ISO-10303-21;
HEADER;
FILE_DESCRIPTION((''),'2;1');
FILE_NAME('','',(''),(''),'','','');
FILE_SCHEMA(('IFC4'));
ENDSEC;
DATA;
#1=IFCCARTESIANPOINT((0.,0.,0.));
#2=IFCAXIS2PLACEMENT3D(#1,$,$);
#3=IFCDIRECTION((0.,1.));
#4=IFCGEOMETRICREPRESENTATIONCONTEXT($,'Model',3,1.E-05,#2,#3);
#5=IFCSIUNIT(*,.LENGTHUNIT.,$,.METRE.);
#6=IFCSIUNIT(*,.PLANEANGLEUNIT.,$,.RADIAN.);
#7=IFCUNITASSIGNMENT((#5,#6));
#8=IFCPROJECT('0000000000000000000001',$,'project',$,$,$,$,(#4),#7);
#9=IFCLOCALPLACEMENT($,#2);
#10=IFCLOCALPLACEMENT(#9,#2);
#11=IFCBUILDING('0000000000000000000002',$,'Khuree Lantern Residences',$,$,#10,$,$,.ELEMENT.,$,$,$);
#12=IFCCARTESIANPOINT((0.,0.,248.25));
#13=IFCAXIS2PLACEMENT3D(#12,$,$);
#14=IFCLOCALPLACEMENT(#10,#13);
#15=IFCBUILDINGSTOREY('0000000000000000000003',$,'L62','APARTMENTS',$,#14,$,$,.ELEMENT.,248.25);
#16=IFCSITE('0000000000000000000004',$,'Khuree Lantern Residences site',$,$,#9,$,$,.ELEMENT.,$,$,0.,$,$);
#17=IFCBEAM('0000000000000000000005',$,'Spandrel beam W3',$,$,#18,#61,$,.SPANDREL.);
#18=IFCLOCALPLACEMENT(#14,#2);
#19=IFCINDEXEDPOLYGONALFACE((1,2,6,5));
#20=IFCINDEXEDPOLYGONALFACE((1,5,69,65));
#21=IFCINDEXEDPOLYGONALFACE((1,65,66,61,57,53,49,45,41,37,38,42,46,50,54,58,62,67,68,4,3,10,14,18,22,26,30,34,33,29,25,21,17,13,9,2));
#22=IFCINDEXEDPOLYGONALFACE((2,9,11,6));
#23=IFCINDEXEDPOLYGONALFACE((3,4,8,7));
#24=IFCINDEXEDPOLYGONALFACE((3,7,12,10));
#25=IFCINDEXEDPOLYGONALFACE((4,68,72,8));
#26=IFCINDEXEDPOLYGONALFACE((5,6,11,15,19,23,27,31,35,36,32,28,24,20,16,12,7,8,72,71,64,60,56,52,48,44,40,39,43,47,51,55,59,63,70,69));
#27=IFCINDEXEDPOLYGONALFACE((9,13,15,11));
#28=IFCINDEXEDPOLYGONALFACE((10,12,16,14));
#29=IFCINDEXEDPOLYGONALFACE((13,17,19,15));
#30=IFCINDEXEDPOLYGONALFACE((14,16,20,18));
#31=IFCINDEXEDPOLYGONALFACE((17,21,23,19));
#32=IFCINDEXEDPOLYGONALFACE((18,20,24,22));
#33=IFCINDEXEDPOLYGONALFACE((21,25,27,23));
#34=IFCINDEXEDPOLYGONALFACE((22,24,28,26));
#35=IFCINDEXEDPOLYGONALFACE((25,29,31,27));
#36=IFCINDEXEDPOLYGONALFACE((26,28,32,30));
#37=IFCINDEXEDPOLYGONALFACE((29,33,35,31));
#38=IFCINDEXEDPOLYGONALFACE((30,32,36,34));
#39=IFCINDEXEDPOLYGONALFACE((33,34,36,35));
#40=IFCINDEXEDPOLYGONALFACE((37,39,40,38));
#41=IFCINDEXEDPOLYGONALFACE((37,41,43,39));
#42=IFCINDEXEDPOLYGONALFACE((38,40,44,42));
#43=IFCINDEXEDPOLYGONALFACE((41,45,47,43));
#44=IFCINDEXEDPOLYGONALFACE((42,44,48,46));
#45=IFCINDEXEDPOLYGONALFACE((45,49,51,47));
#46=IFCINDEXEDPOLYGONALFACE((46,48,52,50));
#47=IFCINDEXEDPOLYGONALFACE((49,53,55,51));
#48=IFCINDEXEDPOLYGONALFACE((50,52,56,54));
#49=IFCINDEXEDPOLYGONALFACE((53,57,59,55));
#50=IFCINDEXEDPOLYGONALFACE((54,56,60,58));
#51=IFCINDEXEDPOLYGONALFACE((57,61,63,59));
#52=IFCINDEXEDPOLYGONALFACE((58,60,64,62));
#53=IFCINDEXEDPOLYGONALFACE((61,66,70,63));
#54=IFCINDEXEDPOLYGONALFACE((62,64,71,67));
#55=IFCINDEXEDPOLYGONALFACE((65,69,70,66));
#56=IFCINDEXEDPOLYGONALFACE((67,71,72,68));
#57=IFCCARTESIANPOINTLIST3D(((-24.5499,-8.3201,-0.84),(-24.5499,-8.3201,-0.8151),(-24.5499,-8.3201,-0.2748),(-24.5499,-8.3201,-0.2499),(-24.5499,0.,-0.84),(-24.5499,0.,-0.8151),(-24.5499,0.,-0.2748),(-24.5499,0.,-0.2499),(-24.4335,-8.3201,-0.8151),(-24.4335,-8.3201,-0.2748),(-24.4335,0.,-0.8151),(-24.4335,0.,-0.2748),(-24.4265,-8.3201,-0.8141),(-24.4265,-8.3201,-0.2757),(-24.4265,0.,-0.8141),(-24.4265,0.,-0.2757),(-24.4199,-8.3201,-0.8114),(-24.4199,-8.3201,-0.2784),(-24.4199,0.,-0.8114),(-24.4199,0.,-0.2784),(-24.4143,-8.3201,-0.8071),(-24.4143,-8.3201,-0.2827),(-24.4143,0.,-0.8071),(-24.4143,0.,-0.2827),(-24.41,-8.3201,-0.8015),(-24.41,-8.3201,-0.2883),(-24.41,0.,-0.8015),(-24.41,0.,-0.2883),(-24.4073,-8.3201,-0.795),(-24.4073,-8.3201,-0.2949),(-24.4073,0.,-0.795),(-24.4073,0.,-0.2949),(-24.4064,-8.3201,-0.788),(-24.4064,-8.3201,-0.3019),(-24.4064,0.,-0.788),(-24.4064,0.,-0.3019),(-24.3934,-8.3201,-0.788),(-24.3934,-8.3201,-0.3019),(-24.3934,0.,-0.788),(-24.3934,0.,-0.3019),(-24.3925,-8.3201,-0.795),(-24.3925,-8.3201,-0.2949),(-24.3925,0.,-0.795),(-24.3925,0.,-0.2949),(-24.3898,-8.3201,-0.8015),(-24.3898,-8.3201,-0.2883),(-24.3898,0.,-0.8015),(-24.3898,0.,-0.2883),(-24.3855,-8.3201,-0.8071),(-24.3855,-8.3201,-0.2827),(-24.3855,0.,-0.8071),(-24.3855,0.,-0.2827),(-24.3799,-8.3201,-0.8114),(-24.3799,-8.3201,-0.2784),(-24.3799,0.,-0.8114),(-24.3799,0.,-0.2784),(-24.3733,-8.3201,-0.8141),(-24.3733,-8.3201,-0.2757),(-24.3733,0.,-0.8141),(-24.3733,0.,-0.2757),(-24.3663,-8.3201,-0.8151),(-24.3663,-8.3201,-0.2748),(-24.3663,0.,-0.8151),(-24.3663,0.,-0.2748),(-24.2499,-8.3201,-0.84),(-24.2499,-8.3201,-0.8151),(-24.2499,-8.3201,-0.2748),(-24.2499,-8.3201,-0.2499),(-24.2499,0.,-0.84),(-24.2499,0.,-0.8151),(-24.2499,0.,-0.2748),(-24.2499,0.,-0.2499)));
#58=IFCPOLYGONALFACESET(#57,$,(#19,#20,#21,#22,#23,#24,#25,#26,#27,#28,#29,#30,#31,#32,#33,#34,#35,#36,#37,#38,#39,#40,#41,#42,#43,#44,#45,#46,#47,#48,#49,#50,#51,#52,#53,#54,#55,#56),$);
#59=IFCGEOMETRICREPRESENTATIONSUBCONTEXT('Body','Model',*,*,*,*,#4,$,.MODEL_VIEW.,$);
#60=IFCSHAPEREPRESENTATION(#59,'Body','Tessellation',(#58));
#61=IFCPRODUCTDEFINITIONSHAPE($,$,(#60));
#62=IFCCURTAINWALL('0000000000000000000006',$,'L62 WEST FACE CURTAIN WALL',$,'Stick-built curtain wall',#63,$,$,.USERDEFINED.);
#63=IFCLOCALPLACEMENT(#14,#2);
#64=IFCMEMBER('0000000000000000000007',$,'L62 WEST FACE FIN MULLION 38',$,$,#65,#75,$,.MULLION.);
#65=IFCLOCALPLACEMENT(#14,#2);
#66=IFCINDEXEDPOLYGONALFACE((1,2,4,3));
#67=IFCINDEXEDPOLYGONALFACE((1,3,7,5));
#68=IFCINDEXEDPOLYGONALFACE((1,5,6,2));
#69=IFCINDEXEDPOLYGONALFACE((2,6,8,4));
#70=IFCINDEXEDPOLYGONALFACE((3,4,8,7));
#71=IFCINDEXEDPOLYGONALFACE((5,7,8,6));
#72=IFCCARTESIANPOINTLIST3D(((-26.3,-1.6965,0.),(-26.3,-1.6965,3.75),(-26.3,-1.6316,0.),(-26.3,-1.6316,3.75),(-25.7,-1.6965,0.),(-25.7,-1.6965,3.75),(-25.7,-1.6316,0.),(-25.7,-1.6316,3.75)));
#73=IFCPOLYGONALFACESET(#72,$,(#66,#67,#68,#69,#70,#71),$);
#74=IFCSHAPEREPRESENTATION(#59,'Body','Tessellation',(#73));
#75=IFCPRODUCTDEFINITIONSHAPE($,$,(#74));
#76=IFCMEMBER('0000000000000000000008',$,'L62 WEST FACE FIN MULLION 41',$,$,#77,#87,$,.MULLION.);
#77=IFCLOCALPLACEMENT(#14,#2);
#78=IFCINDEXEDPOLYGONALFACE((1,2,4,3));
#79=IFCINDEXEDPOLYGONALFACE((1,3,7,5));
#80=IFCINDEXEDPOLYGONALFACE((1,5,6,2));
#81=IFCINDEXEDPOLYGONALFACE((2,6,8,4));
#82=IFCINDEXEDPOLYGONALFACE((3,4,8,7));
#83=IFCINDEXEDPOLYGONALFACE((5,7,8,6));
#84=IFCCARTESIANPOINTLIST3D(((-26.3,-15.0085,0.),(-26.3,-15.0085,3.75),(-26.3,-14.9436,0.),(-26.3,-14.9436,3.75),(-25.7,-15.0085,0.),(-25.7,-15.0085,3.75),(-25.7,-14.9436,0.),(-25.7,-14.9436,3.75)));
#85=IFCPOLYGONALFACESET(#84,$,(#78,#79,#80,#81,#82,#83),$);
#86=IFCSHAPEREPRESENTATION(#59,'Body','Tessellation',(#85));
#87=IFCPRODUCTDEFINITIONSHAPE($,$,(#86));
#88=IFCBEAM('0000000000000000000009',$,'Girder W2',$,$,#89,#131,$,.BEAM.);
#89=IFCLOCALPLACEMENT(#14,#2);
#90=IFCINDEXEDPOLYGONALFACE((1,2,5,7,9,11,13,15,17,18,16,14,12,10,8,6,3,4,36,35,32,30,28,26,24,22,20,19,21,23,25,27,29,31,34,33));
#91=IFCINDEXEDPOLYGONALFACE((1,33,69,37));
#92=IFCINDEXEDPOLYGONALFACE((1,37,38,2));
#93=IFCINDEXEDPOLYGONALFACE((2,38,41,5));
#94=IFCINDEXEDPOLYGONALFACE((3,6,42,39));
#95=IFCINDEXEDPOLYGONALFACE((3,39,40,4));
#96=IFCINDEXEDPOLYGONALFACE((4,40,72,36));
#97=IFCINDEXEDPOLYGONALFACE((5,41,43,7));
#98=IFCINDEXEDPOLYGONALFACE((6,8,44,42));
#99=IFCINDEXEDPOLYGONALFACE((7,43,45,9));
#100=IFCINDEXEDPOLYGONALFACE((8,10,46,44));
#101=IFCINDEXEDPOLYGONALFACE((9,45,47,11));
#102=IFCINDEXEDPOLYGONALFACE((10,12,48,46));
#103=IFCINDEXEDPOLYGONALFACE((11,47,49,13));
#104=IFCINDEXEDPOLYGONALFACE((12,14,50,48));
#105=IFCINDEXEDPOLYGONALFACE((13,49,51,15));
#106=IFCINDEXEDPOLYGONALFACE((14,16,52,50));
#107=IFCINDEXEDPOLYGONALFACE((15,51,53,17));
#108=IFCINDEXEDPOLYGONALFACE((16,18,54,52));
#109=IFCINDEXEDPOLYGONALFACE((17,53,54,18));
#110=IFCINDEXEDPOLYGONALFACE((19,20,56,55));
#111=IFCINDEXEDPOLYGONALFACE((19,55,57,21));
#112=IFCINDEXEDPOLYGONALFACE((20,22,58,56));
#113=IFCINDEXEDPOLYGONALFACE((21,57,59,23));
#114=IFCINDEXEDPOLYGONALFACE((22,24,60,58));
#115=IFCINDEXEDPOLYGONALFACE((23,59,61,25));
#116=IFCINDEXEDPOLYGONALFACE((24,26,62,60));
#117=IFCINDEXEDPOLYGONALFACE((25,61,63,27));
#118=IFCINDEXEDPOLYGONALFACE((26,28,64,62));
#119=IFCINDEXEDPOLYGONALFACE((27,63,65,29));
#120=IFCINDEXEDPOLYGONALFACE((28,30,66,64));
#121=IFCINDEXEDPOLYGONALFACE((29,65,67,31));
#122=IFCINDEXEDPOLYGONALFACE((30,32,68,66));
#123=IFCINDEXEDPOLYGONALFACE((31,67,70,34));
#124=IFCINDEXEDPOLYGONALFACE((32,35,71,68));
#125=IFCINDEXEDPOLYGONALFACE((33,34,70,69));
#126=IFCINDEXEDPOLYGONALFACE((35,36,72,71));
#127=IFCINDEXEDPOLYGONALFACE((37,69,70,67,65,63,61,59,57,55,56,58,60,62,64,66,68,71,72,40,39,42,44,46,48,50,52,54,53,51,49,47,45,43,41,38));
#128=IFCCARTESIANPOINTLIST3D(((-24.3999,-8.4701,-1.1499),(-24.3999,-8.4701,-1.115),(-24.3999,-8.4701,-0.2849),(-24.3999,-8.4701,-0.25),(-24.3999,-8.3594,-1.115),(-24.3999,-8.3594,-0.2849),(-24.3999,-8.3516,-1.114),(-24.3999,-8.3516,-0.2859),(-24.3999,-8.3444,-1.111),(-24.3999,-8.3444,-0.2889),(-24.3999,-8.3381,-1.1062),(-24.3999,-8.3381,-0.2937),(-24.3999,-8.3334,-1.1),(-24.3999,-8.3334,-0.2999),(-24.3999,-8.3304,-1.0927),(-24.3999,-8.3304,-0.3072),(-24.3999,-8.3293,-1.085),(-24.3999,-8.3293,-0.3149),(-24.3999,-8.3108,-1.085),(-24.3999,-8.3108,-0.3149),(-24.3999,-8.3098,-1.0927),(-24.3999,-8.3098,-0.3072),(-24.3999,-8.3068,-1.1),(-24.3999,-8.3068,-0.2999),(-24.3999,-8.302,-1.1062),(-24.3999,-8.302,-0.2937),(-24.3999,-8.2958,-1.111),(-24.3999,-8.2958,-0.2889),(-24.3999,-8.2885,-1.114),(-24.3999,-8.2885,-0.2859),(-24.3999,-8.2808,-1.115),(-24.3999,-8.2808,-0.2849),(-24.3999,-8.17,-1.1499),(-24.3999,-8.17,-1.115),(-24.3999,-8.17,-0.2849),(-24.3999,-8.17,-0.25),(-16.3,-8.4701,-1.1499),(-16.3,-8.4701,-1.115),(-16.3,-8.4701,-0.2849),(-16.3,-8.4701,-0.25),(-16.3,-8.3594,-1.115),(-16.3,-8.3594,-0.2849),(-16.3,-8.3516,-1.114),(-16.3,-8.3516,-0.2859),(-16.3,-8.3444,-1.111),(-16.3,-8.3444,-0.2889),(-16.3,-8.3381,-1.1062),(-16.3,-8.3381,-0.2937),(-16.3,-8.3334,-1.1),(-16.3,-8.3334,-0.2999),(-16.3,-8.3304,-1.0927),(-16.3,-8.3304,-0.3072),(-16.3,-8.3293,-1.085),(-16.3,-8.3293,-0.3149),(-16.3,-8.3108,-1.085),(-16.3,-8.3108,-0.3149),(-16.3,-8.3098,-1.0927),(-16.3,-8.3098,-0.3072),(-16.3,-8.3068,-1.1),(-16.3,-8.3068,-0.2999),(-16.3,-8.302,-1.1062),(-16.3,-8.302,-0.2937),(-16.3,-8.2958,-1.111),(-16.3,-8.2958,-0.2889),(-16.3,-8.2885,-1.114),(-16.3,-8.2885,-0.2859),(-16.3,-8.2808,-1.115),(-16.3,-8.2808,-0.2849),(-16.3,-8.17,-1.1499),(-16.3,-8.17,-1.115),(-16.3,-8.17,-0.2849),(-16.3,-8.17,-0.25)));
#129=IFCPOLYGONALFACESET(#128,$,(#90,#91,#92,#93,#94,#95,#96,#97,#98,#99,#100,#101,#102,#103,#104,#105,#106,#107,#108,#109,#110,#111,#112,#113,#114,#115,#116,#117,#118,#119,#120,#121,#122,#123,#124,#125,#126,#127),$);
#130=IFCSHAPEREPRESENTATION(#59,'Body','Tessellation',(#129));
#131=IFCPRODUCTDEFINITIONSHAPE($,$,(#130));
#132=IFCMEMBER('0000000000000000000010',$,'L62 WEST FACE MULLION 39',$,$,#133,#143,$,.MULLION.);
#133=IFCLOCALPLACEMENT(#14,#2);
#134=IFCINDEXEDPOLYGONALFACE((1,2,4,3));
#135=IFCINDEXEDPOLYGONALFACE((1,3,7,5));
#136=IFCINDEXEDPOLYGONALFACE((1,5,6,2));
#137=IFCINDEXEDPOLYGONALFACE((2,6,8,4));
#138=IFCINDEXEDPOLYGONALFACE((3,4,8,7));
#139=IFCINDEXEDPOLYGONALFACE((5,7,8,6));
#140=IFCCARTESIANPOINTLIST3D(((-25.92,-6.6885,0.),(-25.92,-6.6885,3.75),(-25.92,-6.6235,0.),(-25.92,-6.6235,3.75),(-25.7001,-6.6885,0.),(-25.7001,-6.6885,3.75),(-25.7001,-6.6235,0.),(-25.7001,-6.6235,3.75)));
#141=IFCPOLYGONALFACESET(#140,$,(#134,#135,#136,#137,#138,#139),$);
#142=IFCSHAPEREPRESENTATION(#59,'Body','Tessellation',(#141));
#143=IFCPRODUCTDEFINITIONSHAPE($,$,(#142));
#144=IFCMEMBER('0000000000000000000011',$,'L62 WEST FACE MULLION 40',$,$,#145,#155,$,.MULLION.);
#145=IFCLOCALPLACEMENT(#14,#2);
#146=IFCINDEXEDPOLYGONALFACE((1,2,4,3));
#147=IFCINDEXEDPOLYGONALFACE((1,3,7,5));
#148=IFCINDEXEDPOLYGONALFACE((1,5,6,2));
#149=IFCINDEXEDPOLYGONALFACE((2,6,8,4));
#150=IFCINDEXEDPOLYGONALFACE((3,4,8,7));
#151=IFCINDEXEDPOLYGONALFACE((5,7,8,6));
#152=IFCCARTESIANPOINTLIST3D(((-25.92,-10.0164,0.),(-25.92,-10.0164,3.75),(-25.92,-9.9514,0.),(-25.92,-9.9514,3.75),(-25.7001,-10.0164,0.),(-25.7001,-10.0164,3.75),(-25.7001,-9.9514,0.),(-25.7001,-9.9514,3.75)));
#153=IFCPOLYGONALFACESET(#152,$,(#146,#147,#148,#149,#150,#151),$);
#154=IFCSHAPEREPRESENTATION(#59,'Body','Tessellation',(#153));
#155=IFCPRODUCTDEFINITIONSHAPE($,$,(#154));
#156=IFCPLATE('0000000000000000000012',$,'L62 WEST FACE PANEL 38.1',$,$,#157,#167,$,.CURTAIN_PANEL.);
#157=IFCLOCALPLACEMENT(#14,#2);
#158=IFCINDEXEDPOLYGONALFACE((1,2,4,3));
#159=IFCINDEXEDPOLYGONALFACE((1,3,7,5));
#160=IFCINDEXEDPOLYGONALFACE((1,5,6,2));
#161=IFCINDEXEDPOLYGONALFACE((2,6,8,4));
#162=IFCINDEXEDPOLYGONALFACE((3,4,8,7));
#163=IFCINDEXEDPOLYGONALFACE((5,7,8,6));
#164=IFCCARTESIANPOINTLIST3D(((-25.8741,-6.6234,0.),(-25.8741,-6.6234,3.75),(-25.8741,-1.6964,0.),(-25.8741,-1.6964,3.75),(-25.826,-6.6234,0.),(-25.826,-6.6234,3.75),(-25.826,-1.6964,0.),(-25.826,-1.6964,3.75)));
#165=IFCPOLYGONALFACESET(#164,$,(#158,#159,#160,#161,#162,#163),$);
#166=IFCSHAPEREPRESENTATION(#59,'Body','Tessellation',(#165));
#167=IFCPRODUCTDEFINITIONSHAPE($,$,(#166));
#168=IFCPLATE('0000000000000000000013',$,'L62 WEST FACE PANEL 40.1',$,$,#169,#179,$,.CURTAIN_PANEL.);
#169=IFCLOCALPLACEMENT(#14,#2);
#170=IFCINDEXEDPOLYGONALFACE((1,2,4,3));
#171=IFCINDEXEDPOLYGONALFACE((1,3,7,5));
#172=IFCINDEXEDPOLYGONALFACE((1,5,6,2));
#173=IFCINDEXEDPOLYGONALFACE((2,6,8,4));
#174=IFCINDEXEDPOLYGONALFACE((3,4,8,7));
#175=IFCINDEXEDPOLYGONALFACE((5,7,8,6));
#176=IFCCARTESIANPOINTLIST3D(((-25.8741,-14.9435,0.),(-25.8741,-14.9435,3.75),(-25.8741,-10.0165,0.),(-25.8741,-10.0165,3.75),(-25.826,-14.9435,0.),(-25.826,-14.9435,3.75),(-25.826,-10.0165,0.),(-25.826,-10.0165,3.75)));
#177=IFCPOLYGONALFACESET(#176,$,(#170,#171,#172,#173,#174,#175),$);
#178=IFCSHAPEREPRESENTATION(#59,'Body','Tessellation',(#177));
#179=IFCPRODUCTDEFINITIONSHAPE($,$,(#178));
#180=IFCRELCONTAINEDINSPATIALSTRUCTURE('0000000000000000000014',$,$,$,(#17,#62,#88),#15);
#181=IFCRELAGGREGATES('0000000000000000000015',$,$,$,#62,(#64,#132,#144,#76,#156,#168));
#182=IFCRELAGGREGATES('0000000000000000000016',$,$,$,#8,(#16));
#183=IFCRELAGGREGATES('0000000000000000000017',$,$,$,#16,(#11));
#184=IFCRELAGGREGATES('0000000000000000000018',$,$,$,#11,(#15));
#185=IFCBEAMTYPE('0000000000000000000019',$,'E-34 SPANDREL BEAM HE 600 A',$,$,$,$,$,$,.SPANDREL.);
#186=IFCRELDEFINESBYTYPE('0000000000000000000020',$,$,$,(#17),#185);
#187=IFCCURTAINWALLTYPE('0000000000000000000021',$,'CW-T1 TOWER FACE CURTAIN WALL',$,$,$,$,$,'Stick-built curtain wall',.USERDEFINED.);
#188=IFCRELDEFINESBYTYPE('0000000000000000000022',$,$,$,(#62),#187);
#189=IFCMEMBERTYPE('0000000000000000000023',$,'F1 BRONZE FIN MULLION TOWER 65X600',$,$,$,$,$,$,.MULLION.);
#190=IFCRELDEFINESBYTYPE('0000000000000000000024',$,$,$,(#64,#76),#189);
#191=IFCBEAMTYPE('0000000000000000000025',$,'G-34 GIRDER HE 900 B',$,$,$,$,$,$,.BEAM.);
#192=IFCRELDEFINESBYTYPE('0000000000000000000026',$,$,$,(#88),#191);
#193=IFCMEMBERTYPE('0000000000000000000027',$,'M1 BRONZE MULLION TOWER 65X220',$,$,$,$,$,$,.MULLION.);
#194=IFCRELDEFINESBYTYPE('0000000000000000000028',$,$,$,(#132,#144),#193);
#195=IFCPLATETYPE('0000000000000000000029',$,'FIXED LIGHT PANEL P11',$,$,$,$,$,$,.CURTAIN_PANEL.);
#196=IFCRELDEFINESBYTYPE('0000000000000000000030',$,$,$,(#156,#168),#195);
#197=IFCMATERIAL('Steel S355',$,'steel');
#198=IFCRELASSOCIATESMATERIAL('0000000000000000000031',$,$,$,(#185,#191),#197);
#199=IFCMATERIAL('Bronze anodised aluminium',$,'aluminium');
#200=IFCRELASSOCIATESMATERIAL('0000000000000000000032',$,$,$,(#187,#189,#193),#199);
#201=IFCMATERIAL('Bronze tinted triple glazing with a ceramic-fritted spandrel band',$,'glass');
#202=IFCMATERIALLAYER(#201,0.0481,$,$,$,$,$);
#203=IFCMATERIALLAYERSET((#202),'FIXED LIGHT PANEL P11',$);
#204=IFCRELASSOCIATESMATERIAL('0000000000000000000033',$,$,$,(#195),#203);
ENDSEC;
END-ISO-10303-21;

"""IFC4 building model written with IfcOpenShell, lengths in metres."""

from ifc_helpers import new_model, si_unit, direction, frame, origin, origin_2d, place, context, subcontext, project, spatial, rectangle, i_section, extrude, material, layer, layer_set, material_profile, profile_set, type_object, element, aggregate, save


model = new_model("IFC4")

# Units and contexts
model_context = context("Model", 3, precision=1e-05, world=origin(), true_north=direction((0.0, 1.0)))
body_context = subcontext(model_context, "Body", "Model", "MODEL_VIEW")
ifc_project = project(units=[si_unit("LENGTHUNIT", "METRE"), si_unit("PLANEANGLEUNIT", "RADIAN")], contexts=[model_context])

# Site, building, storey
site_placement = place(None, origin())
site = spatial("IfcSite", under=ifc_project, at=site_placement, Name="Khuree Lantern Residences site", CompositionType="ELEMENT", RefElevation=0.0)
building_placement = place(site_placement, origin())
building = spatial("IfcBuilding", under=site, at=building_placement, Name="Khuree Lantern Residences", CompositionType="ELEMENT")
storey_placement = place(building_placement, frame((0.0, 0.0, 248.25)))
storey = spatial("IfcBuildingStorey", under=building, at=storey_placement, Name="L62", Description="APARTMENTS", CompositionType="ELEMENT", Elevation=248.25)

# Beam
ifc_material_1 = material(Name="Steel S355", Category="steel")
ifc_material_profile_1 = material_profile(ifc_material_1, i_section(OverallWidth=0.3, OverallDepth=0.5901, WebThickness=0.0129, FlangeThickness=0.0249, FilletRadius=0.0271, at=origin_2d()), Name="HE 600 A")
ifc_profile_set_1 = profile_set([ifc_material_profile_1], Name="Steel S355")
beam_type_1 = type_object("IfcBeamType", Name="E-34 SPANDREL BEAM HE 600 A", PredefinedType="SPANDREL", material=ifc_profile_set_1)
beam_1_placement = place(storey_placement, frame((-24.3999, -8.3201, -0.5449), z_axis=(0.0, 1.0, 0.0), x_axis=(-1.0, 0.0, 0.0)))
element("IfcBeam", 1, at=beam_1_placement, inside=storey, type_object=beam_type_1, Name="Spandrel beam W3", PredefinedType="SPANDREL", context=body_context, shape_type="SweptSolid", body=[
    extrude(i_section(OverallWidth=0.3, OverallDepth=0.5901, WebThickness=0.0129, FlangeThickness=0.0249, FilletRadius=0.0271, at=origin_2d()), origin(), (0.0, 0.0, 1.0), 8.3201),
])

# Curtain wall, members
ifc_material_2 = material(Name="Bronze anodised aluminium", Category="aluminium")
curtain_wall_type = type_object("IfcCurtainWallType", Name="CW-T1 TOWER FACE CURTAIN WALL", ElementType="Stick-built curtain wall", PredefinedType="USERDEFINED", material=ifc_material_2)
curtain_wall_placement = place(storey_placement, origin())
curtain_wall = element("IfcCurtainWall", 2, at=curtain_wall_placement, inside=storey, type_object=curtain_wall_type, Name="L62 WEST FACE CURTAIN WALL", ObjectType="Stick-built curtain wall", PredefinedType="USERDEFINED")
ifc_material_profile_2 = material_profile(ifc_material_2, rectangle(XDim=0.0649, YDim=0.6001, at=origin_2d()), Name="F1 65X600")
ifc_profile_set_2 = profile_set([ifc_material_profile_2], Name="Bronze anodised aluminium")
member_type_1 = type_object("IfcMemberType", Name="F1 BRONZE FIN MULLION TOWER 65X600", PredefinedType="MULLION", material=ifc_profile_set_2)
member_1_placement = place(storey_placement, frame((-26.0, -1.6641, 0.0), z_axis=(0.0, 0.0, 1.0), x_axis=(0.0, -1.0, 0.0)))
member_1 = element("IfcMember", 3, at=member_1_placement, type_object=member_type_1, Name="L62 WEST FACE FIN MULLION 38", PredefinedType="MULLION", context=body_context, shape_type="SweptSolid", body=[
    extrude(rectangle(XDim=0.0649, YDim=0.6001, at=origin_2d()), origin(), (0.0, 0.0, 1.0), 3.75),
])
member_2_placement = place(storey_placement, frame((-26.0, -14.9761, 0.0), z_axis=(0.0, 0.0, 1.0), x_axis=(0.0, -1.0, 0.0)))
member_2 = element("IfcMember", 4, at=member_2_placement, type_object=member_type_1, Name="L62 WEST FACE FIN MULLION 41", PredefinedType="MULLION", context=body_context, shape_type="SweptSolid", body=[
    extrude(rectangle(XDim=0.0649, YDim=0.6001, at=origin_2d()), origin(), (0.0, 0.0, 1.0), 3.75),
])

# Beam
ifc_material_profile_3 = material_profile(ifc_material_1, i_section(OverallWidth=0.3, OverallDepth=0.8999, WebThickness=0.0186, FlangeThickness=0.0349, FilletRadius=0.03, at=origin_2d()), Name="HE 900 B")
ifc_profile_set_3 = profile_set([ifc_material_profile_3], Name="Steel S355")
beam_type_2 = type_object("IfcBeamType", Name="G-34 GIRDER HE 900 B", PredefinedType="BEAM", material=ifc_profile_set_3)
beam_2_placement = place(storey_placement, frame((-24.3999, -8.3201, -0.7), z_axis=(1.0, 0.0, 0.0), x_axis=(0.0, 1.0, 0.0)))
element("IfcBeam", 5, at=beam_2_placement, inside=storey, type_object=beam_type_2, Name="Girder W2", PredefinedType="BEAM", context=body_context, shape_type="SweptSolid", body=[
    extrude(i_section(OverallWidth=0.3, OverallDepth=0.8999, WebThickness=0.0186, FlangeThickness=0.0349, FilletRadius=0.03, at=origin_2d()), origin(), (0.0, 0.0, 1.0), 8.0999),
])

# Members
ifc_material_profile_4 = material_profile(ifc_material_2, rectangle(XDim=0.0649, YDim=0.22, at=origin_2d()), Name="M1 65X220")
ifc_profile_set_4 = profile_set([ifc_material_profile_4], Name="Bronze anodised aluminium")
member_type_2 = type_object("IfcMemberType", Name="M1 BRONZE MULLION TOWER 65X220", PredefinedType="MULLION", material=ifc_profile_set_4)
member_3_placement = place(storey_placement, frame((-25.8101, -6.656, 0.0), z_axis=(0.0, 0.0, 1.0), x_axis=(0.0, -1.0, 0.0)))
member_3 = element("IfcMember", 6, at=member_3_placement, type_object=member_type_2, Name="L62 WEST FACE MULLION 39", PredefinedType="MULLION", context=body_context, shape_type="SweptSolid", body=[
    extrude(rectangle(XDim=0.0649, YDim=0.22, at=origin_2d()), origin(), (0.0, 0.0, 1.0), 3.75),
])
member_4_placement = place(storey_placement, frame((-25.8101, -9.9839, 0.0), z_axis=(0.0, 0.0, 1.0), x_axis=(0.0, -1.0, 0.0)))
member_4 = element("IfcMember", 7, at=member_4_placement, type_object=member_type_2, Name="L62 WEST FACE MULLION 40", PredefinedType="MULLION", context=body_context, shape_type="SweptSolid", body=[
    extrude(rectangle(XDim=0.0649, YDim=0.22, at=origin_2d()), origin(), (0.0, 0.0, 1.0), 3.75),
])

# Plates
ifc_material_3 = material(Name="Bronze tinted triple glazing with a ceramic-fritted spandrel band", Category="glass")
ifc_layer_1 = layer(ifc_material_3, 0.0481)
ifc_layer_set_1 = layer_set([ifc_layer_1], Name="FIXED LIGHT PANEL P11")
plate_type_1 = type_object("IfcPlateType", Name="FIXED LIGHT PANEL P11", PredefinedType="CURTAIN_PANEL", material=ifc_layer_set_1)
plate_1_placement = place(storey_placement, frame((-25.8501, -4.1599, 0.0), z_axis=(0.0, 0.0, 1.0), x_axis=(0.0, -1.0, 0.0)))
plate_1 = element("IfcPlate", 8, at=plate_1_placement, type_object=plate_type_1, Name="L62 WEST FACE PANEL 38.1", PredefinedType="CURTAIN_PANEL", context=body_context, shape_type="SweptSolid", body=[
    extrude(rectangle(XDim=4.927, YDim=0.0481, at=origin_2d()), origin(), (0.0, 0.0, 1.0), 3.75),
])
plate_2_placement = place(storey_placement, frame((-25.8501, -12.48, 0.0), z_axis=(0.0, 0.0, 1.0), x_axis=(0.0, -1.0, 0.0)))
plate_2 = element("IfcPlate", 9, at=plate_2_placement, type_object=plate_type_1, Name="L62 WEST FACE PANEL 40.1", PredefinedType="CURTAIN_PANEL", context=body_context, shape_type="SweptSolid", body=[
    extrude(rectangle(XDim=4.927, YDim=0.0481, at=origin_2d()), origin(), (0.0, 0.0, 1.0), 3.75),
])
aggregate(curtain_wall, [member_1, member_3, member_4, member_2, plate_1, plate_2])

save(model, "model.ifc")
